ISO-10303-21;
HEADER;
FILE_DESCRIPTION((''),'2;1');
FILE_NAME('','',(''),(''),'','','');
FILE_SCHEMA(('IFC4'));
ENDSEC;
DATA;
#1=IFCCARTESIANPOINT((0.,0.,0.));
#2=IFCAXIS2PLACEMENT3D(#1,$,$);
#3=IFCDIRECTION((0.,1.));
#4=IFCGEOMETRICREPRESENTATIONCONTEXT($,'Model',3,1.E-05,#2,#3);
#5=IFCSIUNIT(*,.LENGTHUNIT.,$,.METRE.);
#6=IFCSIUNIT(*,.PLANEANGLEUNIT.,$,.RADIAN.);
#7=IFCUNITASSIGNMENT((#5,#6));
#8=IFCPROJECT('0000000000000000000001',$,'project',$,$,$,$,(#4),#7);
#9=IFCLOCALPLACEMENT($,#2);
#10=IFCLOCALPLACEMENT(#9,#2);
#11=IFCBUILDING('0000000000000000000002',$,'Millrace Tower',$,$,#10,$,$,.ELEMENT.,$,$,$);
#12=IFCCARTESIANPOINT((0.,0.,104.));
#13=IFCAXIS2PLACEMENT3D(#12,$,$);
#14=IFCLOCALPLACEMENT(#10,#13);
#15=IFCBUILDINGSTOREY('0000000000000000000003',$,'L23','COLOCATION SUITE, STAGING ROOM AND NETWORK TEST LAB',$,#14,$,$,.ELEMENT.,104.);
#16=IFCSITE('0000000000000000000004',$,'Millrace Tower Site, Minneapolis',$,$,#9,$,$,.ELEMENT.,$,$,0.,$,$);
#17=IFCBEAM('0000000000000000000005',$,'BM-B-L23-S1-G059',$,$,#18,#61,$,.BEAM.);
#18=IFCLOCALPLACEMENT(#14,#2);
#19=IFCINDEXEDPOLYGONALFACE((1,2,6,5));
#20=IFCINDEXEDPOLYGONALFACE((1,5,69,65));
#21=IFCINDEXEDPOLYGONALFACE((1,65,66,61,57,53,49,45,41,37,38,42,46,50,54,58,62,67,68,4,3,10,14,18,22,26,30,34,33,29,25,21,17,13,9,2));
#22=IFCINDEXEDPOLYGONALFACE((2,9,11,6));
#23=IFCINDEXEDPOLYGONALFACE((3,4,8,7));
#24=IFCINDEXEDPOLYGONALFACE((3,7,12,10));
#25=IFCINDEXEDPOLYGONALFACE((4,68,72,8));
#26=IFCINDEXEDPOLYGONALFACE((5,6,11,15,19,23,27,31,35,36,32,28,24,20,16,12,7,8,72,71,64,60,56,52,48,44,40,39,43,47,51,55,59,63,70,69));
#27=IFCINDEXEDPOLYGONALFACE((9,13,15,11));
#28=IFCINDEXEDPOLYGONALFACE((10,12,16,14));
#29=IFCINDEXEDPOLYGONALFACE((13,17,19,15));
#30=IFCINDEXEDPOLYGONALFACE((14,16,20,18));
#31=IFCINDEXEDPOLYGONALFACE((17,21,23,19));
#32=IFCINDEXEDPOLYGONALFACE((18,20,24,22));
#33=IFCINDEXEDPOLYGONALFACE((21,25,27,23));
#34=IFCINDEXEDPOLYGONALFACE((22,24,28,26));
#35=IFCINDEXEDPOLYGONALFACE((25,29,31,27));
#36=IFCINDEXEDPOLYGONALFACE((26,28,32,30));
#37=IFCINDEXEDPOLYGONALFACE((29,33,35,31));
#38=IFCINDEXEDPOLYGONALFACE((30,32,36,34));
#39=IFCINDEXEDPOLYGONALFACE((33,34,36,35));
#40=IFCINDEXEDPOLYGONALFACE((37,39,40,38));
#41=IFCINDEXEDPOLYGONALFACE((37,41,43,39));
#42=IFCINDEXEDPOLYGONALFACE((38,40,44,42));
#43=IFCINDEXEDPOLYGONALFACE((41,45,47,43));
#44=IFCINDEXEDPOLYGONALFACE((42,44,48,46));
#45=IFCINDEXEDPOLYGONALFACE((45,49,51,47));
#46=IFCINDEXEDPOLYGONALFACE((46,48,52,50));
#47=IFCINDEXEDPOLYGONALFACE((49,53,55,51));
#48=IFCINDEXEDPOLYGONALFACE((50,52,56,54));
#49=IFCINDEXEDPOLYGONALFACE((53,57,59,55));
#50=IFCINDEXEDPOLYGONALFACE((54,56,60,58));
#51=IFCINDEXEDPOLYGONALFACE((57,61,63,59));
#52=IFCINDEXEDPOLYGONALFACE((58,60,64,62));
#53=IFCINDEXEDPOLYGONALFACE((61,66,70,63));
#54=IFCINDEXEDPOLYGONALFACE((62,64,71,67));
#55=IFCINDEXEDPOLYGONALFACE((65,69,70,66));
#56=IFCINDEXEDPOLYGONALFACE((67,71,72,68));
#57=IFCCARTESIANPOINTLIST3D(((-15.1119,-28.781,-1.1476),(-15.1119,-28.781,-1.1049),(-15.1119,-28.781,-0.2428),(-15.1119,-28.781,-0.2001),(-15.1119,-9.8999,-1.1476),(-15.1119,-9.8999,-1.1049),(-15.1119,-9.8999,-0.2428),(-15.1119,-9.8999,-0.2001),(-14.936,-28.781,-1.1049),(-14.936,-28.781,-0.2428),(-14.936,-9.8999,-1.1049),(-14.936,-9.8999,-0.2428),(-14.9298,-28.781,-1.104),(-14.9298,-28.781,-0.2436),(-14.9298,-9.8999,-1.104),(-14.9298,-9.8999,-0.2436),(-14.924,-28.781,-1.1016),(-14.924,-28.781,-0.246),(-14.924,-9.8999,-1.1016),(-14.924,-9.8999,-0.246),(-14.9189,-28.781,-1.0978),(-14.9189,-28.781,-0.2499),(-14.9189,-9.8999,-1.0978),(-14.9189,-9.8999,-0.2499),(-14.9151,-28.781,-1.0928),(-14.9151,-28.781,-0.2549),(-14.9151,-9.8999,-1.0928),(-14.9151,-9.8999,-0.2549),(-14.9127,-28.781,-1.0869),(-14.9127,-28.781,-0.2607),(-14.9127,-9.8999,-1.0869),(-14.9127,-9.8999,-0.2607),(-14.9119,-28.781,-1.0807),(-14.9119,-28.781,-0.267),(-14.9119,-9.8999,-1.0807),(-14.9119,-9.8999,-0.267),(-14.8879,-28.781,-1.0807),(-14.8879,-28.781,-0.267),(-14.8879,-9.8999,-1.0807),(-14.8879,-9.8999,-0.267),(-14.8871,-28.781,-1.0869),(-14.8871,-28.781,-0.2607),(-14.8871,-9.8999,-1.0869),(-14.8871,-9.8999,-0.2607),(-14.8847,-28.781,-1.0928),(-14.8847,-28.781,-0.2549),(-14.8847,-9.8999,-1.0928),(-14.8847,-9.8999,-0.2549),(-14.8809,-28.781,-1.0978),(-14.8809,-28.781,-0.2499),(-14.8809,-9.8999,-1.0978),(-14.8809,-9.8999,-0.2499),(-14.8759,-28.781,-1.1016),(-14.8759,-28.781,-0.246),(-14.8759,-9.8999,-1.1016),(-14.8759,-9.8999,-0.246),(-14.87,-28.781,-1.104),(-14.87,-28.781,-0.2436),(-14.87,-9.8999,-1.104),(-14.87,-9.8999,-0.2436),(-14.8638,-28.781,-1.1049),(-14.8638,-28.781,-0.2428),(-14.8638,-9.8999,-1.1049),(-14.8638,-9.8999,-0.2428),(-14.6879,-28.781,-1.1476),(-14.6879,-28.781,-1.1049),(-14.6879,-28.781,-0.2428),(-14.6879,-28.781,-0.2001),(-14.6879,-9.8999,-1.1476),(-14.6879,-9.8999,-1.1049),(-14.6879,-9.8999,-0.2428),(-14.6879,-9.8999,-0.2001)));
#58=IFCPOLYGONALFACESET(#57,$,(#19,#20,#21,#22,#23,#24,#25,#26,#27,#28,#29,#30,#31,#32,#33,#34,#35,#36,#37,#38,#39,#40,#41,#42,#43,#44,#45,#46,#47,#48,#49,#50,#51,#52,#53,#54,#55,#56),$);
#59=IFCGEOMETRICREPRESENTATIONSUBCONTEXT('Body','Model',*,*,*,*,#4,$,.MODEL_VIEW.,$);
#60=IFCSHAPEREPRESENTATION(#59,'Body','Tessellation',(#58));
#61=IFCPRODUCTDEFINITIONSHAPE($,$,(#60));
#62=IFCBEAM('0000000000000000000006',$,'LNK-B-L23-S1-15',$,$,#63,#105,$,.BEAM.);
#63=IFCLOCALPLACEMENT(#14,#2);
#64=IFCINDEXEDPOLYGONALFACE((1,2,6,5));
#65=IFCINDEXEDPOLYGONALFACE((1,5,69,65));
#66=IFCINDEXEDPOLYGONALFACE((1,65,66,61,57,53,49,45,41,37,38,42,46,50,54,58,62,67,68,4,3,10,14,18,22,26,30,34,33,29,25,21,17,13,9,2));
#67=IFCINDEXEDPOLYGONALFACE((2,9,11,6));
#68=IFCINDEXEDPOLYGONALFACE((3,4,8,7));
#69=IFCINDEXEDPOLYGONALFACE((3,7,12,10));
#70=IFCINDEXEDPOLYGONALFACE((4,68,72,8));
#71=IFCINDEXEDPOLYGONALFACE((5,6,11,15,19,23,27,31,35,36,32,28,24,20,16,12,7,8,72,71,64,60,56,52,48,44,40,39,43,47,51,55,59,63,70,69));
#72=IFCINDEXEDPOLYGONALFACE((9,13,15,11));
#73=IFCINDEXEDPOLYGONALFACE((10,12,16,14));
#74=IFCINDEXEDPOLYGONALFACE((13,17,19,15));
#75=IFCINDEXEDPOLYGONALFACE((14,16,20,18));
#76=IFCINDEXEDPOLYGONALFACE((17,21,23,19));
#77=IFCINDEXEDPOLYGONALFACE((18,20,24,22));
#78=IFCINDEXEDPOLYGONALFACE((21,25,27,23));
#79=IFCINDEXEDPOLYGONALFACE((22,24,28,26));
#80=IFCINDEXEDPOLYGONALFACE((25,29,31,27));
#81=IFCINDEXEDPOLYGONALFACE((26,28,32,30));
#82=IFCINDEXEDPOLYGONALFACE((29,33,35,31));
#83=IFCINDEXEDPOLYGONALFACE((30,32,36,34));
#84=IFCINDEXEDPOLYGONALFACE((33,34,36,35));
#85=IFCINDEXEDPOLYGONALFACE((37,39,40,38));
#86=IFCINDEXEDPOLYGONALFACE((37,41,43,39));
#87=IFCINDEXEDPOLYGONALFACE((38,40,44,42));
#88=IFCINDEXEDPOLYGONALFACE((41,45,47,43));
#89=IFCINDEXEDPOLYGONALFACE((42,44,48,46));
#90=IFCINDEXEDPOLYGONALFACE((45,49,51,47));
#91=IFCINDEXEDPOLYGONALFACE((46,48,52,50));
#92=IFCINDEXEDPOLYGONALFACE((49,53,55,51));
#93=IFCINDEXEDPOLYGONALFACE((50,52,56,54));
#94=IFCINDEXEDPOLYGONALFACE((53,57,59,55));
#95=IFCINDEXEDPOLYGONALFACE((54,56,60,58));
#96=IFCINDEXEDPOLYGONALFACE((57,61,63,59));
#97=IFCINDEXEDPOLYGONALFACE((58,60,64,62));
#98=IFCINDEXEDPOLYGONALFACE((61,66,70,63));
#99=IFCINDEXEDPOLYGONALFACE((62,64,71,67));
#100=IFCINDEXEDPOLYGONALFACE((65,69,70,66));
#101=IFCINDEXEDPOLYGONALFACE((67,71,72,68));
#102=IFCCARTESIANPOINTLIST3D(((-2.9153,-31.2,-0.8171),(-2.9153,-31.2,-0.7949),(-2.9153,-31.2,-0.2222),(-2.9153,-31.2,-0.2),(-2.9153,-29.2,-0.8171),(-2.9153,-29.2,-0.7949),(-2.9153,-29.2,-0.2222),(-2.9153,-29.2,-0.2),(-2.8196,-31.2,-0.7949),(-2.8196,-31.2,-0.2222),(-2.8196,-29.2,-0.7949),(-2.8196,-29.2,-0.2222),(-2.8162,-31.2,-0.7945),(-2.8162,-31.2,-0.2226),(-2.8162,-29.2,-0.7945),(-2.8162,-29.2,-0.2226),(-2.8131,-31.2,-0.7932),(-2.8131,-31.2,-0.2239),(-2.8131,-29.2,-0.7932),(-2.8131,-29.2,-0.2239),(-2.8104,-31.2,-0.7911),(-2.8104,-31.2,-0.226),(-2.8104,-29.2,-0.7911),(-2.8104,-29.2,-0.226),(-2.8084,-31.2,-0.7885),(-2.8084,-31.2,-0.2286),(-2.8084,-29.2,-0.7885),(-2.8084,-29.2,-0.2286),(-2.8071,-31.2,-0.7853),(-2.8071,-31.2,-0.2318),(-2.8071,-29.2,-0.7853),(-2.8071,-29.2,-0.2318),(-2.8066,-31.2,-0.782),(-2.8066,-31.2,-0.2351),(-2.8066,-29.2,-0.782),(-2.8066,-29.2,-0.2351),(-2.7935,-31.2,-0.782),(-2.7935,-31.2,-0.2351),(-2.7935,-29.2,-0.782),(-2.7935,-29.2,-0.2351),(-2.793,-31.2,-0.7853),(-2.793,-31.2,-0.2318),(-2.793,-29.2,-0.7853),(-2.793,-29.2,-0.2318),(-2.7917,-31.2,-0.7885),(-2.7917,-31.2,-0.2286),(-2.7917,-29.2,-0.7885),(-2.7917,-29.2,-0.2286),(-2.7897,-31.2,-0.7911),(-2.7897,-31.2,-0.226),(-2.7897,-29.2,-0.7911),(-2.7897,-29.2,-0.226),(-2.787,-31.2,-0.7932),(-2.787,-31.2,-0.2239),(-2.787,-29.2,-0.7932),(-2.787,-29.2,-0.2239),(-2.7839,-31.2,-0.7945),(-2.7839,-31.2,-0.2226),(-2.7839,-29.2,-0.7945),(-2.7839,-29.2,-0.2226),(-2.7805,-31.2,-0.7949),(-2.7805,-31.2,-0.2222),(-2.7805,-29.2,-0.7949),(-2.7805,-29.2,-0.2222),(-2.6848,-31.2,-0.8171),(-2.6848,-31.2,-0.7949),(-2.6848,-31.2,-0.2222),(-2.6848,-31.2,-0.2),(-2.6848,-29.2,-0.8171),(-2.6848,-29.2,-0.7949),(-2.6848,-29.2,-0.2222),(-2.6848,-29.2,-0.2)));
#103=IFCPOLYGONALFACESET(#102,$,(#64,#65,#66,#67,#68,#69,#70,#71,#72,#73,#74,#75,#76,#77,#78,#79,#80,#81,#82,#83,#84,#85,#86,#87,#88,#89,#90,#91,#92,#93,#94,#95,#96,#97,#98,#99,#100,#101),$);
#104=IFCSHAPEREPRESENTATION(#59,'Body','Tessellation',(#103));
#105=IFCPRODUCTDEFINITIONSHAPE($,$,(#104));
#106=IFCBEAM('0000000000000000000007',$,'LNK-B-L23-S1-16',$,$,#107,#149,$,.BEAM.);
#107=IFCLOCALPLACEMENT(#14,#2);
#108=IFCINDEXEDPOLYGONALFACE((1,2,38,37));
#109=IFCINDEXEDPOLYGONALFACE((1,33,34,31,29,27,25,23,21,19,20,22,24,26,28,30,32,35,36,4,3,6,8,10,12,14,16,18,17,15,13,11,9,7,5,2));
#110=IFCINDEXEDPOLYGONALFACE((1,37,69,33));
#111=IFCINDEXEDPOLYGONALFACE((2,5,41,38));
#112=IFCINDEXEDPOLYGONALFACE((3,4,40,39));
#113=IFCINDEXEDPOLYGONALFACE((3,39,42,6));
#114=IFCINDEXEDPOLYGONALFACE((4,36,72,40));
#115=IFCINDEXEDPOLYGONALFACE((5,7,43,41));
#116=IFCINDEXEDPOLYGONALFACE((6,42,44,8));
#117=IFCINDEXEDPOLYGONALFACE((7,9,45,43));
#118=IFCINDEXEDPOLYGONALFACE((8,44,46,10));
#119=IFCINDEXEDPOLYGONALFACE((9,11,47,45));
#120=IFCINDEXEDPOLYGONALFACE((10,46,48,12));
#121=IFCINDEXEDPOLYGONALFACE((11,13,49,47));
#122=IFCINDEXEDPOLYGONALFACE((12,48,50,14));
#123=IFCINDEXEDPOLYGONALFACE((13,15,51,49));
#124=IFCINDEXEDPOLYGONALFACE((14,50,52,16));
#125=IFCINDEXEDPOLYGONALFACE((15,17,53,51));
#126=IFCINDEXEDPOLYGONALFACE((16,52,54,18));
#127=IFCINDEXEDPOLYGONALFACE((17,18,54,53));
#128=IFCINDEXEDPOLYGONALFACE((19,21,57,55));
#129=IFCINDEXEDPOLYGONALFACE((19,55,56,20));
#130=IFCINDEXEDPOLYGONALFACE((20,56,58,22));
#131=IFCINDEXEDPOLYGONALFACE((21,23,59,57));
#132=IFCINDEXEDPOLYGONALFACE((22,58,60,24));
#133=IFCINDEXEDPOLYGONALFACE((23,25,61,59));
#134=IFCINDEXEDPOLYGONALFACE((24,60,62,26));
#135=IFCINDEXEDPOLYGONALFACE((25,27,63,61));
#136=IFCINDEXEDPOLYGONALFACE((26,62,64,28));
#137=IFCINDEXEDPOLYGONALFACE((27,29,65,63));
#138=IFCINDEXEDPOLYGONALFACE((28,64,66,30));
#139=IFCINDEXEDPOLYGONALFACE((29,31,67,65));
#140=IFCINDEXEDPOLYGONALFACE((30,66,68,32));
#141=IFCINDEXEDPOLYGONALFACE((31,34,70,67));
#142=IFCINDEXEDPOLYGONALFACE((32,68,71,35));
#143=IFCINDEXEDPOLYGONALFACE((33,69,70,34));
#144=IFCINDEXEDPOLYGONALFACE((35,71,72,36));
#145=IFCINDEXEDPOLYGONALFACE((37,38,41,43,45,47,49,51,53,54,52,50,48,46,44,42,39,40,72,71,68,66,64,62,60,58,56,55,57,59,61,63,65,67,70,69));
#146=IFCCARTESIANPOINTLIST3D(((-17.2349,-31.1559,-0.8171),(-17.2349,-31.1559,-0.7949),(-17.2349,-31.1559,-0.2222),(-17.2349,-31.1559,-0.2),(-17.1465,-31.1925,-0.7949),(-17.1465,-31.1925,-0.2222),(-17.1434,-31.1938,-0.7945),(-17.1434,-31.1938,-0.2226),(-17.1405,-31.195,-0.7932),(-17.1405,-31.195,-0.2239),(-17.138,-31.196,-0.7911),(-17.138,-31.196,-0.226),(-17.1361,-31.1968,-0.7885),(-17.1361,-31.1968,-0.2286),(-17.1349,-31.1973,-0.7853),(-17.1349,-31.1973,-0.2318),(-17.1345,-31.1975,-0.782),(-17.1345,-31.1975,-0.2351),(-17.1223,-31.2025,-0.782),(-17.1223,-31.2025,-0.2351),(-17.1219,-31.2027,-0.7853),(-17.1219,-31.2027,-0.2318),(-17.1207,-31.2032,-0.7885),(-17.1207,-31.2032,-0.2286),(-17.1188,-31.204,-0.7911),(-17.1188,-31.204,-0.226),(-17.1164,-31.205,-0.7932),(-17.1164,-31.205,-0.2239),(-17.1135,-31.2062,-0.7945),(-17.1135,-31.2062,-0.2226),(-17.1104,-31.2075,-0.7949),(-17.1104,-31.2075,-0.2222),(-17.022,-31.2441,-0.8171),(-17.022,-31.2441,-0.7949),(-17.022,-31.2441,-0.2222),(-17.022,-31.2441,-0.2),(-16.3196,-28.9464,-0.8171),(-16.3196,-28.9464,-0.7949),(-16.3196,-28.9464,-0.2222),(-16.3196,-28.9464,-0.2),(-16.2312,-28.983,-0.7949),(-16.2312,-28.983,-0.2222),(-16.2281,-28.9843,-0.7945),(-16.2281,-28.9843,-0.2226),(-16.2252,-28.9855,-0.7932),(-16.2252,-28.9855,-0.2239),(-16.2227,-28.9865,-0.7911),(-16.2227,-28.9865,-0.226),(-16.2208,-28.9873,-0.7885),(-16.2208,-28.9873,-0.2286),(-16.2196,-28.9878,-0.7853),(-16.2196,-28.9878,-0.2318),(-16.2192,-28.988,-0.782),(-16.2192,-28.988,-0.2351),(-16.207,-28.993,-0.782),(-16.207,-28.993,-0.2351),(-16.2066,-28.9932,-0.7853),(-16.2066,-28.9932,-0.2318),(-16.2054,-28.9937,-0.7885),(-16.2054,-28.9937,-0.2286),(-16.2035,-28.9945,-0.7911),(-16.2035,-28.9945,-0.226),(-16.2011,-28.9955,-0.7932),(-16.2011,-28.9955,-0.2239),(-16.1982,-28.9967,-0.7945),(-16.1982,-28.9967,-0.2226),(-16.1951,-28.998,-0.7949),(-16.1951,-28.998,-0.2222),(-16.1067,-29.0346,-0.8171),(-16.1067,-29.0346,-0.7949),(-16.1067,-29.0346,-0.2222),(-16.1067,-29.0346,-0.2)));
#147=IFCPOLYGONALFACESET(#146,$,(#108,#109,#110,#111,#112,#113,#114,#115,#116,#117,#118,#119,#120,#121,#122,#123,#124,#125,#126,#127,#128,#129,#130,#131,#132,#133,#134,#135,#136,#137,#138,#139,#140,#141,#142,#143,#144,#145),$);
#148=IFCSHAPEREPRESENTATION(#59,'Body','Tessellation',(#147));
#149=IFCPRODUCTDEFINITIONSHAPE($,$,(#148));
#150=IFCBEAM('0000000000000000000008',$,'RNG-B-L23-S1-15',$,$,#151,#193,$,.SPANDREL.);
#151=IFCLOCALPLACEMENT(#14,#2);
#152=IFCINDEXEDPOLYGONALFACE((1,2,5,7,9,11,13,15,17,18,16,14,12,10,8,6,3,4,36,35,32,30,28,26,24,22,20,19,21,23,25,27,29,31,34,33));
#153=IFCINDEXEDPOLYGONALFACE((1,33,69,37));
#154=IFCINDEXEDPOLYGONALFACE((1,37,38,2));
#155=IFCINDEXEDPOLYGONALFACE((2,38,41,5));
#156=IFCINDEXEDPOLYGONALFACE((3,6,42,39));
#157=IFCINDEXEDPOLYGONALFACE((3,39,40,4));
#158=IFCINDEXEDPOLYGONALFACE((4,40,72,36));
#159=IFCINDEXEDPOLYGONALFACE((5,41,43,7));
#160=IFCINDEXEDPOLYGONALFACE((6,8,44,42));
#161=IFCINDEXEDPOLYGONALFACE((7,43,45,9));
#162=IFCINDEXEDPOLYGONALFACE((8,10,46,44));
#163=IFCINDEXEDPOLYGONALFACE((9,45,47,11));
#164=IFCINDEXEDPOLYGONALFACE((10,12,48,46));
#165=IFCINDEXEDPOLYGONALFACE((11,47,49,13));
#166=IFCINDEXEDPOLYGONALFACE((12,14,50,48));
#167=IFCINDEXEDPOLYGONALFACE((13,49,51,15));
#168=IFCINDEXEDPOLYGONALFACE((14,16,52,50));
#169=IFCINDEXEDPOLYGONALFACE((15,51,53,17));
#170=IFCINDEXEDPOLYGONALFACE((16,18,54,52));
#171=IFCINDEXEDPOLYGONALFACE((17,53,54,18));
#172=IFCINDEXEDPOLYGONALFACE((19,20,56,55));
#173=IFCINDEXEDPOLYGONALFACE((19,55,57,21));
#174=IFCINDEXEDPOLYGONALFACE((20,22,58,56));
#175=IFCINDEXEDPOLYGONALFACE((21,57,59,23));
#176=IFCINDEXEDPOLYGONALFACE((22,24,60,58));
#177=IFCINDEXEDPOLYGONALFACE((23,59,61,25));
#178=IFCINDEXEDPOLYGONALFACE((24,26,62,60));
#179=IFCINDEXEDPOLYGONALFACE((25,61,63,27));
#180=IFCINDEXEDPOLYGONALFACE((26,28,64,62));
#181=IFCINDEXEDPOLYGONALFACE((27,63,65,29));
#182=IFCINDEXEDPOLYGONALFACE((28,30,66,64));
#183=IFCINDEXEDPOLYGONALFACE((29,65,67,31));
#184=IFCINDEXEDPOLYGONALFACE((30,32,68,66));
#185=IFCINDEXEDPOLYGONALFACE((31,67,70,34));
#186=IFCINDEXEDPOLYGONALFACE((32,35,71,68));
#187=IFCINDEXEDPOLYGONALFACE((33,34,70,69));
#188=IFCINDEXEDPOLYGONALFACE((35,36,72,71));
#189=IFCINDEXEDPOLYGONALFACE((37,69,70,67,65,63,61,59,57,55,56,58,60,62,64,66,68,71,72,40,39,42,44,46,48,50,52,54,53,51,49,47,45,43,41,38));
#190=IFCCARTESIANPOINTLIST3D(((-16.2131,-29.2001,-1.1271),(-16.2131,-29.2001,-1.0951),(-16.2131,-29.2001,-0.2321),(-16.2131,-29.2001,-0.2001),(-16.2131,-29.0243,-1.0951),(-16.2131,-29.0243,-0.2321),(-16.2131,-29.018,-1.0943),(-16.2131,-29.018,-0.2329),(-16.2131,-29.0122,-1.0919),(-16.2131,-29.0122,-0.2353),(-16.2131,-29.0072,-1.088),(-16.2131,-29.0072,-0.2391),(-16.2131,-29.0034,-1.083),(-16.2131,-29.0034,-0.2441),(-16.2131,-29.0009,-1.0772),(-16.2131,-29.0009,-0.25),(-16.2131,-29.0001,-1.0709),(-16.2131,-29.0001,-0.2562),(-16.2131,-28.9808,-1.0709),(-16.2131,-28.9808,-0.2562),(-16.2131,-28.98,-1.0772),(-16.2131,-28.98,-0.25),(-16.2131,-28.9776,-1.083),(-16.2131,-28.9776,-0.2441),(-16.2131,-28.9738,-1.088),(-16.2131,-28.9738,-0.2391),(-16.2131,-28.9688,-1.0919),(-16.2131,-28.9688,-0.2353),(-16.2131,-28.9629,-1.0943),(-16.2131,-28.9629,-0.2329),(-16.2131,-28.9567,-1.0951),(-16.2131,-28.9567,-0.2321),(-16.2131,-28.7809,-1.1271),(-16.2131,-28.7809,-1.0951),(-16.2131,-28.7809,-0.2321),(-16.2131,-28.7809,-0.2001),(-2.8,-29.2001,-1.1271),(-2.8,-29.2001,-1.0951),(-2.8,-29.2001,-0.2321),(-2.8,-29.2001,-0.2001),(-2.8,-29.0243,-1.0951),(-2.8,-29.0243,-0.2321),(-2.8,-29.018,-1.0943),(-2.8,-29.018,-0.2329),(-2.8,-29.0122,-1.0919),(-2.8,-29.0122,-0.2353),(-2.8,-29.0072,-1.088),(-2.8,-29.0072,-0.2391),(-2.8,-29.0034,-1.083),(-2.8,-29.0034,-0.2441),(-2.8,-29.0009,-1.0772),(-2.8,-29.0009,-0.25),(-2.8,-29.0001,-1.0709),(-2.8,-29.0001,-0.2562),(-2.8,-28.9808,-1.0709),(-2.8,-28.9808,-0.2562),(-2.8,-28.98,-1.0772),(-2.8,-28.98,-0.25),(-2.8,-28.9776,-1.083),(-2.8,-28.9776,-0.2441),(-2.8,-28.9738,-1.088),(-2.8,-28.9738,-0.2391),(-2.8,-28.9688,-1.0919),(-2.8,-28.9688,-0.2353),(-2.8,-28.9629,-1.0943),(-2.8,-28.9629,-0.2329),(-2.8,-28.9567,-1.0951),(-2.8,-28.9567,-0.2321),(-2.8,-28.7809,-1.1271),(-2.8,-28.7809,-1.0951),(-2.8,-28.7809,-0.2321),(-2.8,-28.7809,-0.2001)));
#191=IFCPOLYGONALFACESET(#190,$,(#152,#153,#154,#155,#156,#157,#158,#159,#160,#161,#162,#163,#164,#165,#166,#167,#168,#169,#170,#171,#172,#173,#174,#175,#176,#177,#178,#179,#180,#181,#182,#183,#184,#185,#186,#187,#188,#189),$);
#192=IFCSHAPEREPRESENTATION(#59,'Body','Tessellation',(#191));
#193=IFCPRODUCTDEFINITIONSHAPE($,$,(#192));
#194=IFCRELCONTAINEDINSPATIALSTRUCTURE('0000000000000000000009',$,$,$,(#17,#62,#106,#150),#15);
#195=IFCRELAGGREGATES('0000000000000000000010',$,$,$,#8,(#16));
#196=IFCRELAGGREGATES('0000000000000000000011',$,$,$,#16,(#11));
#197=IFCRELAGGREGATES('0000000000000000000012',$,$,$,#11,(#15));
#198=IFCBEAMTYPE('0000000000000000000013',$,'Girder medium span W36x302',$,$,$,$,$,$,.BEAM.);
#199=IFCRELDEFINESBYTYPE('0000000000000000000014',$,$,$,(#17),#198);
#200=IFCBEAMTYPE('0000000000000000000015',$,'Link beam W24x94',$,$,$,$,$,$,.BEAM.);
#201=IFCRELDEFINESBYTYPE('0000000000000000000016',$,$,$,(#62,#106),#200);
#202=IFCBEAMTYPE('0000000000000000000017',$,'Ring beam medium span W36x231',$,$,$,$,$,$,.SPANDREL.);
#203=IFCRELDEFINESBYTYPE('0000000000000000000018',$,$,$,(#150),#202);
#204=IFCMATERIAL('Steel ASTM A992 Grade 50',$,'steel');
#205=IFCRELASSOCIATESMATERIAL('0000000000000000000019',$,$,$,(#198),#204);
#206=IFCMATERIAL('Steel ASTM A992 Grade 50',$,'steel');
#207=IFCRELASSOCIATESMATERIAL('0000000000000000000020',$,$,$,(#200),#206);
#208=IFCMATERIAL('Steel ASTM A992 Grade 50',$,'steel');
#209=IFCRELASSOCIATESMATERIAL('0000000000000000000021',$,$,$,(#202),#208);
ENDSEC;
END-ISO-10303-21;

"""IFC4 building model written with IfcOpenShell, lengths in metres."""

from ifc_helpers import new_model, si_unit, direction, frame, origin, origin_2d, place, context, subcontext, project, spatial, i_section, extrude, material, material_profile, profile_set, type_object, element, save


model = new_model("IFC4")

# Units and contexts
model_context = context("Model", 3, precision=1e-05, world=origin(), true_north=direction((0.0, 1.0)))
body_context = subcontext(model_context, "Body", "Model", "MODEL_VIEW")
ifc_project = project(units=[si_unit("LENGTHUNIT", "METRE"), si_unit("PLANEANGLEUNIT", "RADIAN")], contexts=[model_context])

# Site, building, storey
site_placement = place(None, origin())
site = spatial("IfcSite", under=ifc_project, at=site_placement, Name="Millrace Tower Site, Minneapolis", CompositionType="ELEMENT", RefElevation=0.0)
building_placement = place(site_placement, origin())
building = spatial("IfcBuilding", under=site, at=building_placement, Name="Millrace Tower", CompositionType="ELEMENT")
storey_placement = place(building_placement, frame((0.0, 0.0, 104.0)))
storey = spatial("IfcBuildingStorey", under=building, at=storey_placement, Name="L23", Description="COLOCATION SUITE, STAGING ROOM AND NETWORK TEST LAB", CompositionType="ELEMENT", Elevation=104.0)

# Beams
ifc_material_1 = material(Name="Steel ASTM A992 Grade 50", Category="steel")
ifc_material_profile_1 = material_profile(ifc_material_1, i_section(OverallWidth=0.4241, OverallDepth=0.9475, WebThickness=0.0239, FlangeThickness=0.0427, FilletRadius=0.0242, at=origin_2d()))
ifc_profile_set_1 = profile_set([ifc_material_profile_1], Name="Steel ASTM A992 Grade 50")
beam_type_1 = type_object("IfcBeamType", Name="Girder medium span W36x302", PredefinedType="BEAM", material=ifc_profile_set_1)
beam_1_placement = place(storey_placement, frame((-14.8999, -28.781, -0.6738), z_axis=(0.0, 1.0, 0.0), x_axis=(-1.0, 0.0, 0.0)))
element("IfcBeam", 1, at=beam_1_placement, inside=storey, type_object=beam_type_1, Name="BM-B-L23-S1-G059", PredefinedType="BEAM", context=body_context, shape_type="SweptSolid", body=[
    extrude(i_section(OverallWidth=0.4241, OverallDepth=0.9475, WebThickness=0.0239, FlangeThickness=0.0427, FilletRadius=0.0242, at=origin_2d()), origin(), (0.0, 0.0, 1.0), 18.8811),
])
ifc_material_2 = material(Name="Steel ASTM A992 Grade 50", Category="steel")
ifc_material_profile_2 = material_profile(ifc_material_2, i_section(OverallWidth=0.2305, OverallDepth=0.6172, WebThickness=0.0132, FlangeThickness=0.0222, FilletRadius=0.0129, at=origin_2d()))
ifc_profile_set_2 = profile_set([ifc_material_profile_2], Name="Steel ASTM A992 Grade 50")
beam_type_2 = type_object("IfcBeamType", Name="Link beam W24x94", PredefinedType="BEAM", material=ifc_profile_set_2)
beam_2_placement = place(storey_placement, frame((-2.8, -29.2, -0.5085), z_axis=(0.0, -1.0, 0.0), x_axis=(1.0, 0.0, 0.0)))
element("IfcBeam", 2, at=beam_2_placement, inside=storey, type_object=beam_type_2, Name="LNK-B-L23-S1-15", PredefinedType="BEAM", context=body_context, shape_type="SweptSolid", body=[
    extrude(i_section(OverallWidth=0.2305, OverallDepth=0.6172, WebThickness=0.0132, FlangeThickness=0.0222, FilletRadius=0.0129, at=origin_2d()), origin(), (0.0, 0.0, 1.0), 2.0),
])
beam_3_placement = place(storey_placement, frame((-16.2131, -28.9905, -0.5085), z_axis=(-0.382715, -0.923866, 0.0), x_axis=(0.923866, -0.382715, 0.0)))
element("IfcBeam", 3, at=beam_3_placement, inside=storey, type_object=beam_type_2, Name="LNK-B-L23-S1-16", PredefinedType="BEAM", context=body_context, shape_type="SweptSolid", body=[
    extrude(i_section(OverallWidth=0.2305, OverallDepth=0.6172, WebThickness=0.0132, FlangeThickness=0.0222, FilletRadius=0.0129, at=origin_2d()), origin(), (0.0, 0.0, 1.0), 2.3916),
])
ifc_material_3 = material(Name="Steel ASTM A992 Grade 50", Category="steel")
ifc_material_profile_3 = material_profile(ifc_material_3, i_section(OverallWidth=0.4192, OverallDepth=0.927, WebThickness=0.0193, FlangeThickness=0.032, FilletRadius=0.0242, at=origin_2d()))
ifc_profile_set_3 = profile_set([ifc_material_profile_3], Name="Steel ASTM A992 Grade 50")
beam_type_3 = type_object("IfcBeamType", Name="Ring beam medium span W36x231", PredefinedType="SPANDREL", material=ifc_profile_set_3)
beam_4_placement = place(storey_placement, frame((-2.8, -28.9905, -0.6636), z_axis=(-1.0, 0.0, 0.0), x_axis=(0.0, -1.0, 0.0)))
element("IfcBeam", 4, at=beam_4_placement, inside=storey, type_object=beam_type_3, Name="RNG-B-L23-S1-15", PredefinedType="SPANDREL", context=body_context, shape_type="SweptSolid", body=[
    extrude(i_section(OverallWidth=0.4192, OverallDepth=0.927, WebThickness=0.0193, FlangeThickness=0.032, FilletRadius=0.0242, at=origin_2d()), origin(), (0.0, 0.0, 1.0), 13.4131),
])

save(model, "model.ifc")
